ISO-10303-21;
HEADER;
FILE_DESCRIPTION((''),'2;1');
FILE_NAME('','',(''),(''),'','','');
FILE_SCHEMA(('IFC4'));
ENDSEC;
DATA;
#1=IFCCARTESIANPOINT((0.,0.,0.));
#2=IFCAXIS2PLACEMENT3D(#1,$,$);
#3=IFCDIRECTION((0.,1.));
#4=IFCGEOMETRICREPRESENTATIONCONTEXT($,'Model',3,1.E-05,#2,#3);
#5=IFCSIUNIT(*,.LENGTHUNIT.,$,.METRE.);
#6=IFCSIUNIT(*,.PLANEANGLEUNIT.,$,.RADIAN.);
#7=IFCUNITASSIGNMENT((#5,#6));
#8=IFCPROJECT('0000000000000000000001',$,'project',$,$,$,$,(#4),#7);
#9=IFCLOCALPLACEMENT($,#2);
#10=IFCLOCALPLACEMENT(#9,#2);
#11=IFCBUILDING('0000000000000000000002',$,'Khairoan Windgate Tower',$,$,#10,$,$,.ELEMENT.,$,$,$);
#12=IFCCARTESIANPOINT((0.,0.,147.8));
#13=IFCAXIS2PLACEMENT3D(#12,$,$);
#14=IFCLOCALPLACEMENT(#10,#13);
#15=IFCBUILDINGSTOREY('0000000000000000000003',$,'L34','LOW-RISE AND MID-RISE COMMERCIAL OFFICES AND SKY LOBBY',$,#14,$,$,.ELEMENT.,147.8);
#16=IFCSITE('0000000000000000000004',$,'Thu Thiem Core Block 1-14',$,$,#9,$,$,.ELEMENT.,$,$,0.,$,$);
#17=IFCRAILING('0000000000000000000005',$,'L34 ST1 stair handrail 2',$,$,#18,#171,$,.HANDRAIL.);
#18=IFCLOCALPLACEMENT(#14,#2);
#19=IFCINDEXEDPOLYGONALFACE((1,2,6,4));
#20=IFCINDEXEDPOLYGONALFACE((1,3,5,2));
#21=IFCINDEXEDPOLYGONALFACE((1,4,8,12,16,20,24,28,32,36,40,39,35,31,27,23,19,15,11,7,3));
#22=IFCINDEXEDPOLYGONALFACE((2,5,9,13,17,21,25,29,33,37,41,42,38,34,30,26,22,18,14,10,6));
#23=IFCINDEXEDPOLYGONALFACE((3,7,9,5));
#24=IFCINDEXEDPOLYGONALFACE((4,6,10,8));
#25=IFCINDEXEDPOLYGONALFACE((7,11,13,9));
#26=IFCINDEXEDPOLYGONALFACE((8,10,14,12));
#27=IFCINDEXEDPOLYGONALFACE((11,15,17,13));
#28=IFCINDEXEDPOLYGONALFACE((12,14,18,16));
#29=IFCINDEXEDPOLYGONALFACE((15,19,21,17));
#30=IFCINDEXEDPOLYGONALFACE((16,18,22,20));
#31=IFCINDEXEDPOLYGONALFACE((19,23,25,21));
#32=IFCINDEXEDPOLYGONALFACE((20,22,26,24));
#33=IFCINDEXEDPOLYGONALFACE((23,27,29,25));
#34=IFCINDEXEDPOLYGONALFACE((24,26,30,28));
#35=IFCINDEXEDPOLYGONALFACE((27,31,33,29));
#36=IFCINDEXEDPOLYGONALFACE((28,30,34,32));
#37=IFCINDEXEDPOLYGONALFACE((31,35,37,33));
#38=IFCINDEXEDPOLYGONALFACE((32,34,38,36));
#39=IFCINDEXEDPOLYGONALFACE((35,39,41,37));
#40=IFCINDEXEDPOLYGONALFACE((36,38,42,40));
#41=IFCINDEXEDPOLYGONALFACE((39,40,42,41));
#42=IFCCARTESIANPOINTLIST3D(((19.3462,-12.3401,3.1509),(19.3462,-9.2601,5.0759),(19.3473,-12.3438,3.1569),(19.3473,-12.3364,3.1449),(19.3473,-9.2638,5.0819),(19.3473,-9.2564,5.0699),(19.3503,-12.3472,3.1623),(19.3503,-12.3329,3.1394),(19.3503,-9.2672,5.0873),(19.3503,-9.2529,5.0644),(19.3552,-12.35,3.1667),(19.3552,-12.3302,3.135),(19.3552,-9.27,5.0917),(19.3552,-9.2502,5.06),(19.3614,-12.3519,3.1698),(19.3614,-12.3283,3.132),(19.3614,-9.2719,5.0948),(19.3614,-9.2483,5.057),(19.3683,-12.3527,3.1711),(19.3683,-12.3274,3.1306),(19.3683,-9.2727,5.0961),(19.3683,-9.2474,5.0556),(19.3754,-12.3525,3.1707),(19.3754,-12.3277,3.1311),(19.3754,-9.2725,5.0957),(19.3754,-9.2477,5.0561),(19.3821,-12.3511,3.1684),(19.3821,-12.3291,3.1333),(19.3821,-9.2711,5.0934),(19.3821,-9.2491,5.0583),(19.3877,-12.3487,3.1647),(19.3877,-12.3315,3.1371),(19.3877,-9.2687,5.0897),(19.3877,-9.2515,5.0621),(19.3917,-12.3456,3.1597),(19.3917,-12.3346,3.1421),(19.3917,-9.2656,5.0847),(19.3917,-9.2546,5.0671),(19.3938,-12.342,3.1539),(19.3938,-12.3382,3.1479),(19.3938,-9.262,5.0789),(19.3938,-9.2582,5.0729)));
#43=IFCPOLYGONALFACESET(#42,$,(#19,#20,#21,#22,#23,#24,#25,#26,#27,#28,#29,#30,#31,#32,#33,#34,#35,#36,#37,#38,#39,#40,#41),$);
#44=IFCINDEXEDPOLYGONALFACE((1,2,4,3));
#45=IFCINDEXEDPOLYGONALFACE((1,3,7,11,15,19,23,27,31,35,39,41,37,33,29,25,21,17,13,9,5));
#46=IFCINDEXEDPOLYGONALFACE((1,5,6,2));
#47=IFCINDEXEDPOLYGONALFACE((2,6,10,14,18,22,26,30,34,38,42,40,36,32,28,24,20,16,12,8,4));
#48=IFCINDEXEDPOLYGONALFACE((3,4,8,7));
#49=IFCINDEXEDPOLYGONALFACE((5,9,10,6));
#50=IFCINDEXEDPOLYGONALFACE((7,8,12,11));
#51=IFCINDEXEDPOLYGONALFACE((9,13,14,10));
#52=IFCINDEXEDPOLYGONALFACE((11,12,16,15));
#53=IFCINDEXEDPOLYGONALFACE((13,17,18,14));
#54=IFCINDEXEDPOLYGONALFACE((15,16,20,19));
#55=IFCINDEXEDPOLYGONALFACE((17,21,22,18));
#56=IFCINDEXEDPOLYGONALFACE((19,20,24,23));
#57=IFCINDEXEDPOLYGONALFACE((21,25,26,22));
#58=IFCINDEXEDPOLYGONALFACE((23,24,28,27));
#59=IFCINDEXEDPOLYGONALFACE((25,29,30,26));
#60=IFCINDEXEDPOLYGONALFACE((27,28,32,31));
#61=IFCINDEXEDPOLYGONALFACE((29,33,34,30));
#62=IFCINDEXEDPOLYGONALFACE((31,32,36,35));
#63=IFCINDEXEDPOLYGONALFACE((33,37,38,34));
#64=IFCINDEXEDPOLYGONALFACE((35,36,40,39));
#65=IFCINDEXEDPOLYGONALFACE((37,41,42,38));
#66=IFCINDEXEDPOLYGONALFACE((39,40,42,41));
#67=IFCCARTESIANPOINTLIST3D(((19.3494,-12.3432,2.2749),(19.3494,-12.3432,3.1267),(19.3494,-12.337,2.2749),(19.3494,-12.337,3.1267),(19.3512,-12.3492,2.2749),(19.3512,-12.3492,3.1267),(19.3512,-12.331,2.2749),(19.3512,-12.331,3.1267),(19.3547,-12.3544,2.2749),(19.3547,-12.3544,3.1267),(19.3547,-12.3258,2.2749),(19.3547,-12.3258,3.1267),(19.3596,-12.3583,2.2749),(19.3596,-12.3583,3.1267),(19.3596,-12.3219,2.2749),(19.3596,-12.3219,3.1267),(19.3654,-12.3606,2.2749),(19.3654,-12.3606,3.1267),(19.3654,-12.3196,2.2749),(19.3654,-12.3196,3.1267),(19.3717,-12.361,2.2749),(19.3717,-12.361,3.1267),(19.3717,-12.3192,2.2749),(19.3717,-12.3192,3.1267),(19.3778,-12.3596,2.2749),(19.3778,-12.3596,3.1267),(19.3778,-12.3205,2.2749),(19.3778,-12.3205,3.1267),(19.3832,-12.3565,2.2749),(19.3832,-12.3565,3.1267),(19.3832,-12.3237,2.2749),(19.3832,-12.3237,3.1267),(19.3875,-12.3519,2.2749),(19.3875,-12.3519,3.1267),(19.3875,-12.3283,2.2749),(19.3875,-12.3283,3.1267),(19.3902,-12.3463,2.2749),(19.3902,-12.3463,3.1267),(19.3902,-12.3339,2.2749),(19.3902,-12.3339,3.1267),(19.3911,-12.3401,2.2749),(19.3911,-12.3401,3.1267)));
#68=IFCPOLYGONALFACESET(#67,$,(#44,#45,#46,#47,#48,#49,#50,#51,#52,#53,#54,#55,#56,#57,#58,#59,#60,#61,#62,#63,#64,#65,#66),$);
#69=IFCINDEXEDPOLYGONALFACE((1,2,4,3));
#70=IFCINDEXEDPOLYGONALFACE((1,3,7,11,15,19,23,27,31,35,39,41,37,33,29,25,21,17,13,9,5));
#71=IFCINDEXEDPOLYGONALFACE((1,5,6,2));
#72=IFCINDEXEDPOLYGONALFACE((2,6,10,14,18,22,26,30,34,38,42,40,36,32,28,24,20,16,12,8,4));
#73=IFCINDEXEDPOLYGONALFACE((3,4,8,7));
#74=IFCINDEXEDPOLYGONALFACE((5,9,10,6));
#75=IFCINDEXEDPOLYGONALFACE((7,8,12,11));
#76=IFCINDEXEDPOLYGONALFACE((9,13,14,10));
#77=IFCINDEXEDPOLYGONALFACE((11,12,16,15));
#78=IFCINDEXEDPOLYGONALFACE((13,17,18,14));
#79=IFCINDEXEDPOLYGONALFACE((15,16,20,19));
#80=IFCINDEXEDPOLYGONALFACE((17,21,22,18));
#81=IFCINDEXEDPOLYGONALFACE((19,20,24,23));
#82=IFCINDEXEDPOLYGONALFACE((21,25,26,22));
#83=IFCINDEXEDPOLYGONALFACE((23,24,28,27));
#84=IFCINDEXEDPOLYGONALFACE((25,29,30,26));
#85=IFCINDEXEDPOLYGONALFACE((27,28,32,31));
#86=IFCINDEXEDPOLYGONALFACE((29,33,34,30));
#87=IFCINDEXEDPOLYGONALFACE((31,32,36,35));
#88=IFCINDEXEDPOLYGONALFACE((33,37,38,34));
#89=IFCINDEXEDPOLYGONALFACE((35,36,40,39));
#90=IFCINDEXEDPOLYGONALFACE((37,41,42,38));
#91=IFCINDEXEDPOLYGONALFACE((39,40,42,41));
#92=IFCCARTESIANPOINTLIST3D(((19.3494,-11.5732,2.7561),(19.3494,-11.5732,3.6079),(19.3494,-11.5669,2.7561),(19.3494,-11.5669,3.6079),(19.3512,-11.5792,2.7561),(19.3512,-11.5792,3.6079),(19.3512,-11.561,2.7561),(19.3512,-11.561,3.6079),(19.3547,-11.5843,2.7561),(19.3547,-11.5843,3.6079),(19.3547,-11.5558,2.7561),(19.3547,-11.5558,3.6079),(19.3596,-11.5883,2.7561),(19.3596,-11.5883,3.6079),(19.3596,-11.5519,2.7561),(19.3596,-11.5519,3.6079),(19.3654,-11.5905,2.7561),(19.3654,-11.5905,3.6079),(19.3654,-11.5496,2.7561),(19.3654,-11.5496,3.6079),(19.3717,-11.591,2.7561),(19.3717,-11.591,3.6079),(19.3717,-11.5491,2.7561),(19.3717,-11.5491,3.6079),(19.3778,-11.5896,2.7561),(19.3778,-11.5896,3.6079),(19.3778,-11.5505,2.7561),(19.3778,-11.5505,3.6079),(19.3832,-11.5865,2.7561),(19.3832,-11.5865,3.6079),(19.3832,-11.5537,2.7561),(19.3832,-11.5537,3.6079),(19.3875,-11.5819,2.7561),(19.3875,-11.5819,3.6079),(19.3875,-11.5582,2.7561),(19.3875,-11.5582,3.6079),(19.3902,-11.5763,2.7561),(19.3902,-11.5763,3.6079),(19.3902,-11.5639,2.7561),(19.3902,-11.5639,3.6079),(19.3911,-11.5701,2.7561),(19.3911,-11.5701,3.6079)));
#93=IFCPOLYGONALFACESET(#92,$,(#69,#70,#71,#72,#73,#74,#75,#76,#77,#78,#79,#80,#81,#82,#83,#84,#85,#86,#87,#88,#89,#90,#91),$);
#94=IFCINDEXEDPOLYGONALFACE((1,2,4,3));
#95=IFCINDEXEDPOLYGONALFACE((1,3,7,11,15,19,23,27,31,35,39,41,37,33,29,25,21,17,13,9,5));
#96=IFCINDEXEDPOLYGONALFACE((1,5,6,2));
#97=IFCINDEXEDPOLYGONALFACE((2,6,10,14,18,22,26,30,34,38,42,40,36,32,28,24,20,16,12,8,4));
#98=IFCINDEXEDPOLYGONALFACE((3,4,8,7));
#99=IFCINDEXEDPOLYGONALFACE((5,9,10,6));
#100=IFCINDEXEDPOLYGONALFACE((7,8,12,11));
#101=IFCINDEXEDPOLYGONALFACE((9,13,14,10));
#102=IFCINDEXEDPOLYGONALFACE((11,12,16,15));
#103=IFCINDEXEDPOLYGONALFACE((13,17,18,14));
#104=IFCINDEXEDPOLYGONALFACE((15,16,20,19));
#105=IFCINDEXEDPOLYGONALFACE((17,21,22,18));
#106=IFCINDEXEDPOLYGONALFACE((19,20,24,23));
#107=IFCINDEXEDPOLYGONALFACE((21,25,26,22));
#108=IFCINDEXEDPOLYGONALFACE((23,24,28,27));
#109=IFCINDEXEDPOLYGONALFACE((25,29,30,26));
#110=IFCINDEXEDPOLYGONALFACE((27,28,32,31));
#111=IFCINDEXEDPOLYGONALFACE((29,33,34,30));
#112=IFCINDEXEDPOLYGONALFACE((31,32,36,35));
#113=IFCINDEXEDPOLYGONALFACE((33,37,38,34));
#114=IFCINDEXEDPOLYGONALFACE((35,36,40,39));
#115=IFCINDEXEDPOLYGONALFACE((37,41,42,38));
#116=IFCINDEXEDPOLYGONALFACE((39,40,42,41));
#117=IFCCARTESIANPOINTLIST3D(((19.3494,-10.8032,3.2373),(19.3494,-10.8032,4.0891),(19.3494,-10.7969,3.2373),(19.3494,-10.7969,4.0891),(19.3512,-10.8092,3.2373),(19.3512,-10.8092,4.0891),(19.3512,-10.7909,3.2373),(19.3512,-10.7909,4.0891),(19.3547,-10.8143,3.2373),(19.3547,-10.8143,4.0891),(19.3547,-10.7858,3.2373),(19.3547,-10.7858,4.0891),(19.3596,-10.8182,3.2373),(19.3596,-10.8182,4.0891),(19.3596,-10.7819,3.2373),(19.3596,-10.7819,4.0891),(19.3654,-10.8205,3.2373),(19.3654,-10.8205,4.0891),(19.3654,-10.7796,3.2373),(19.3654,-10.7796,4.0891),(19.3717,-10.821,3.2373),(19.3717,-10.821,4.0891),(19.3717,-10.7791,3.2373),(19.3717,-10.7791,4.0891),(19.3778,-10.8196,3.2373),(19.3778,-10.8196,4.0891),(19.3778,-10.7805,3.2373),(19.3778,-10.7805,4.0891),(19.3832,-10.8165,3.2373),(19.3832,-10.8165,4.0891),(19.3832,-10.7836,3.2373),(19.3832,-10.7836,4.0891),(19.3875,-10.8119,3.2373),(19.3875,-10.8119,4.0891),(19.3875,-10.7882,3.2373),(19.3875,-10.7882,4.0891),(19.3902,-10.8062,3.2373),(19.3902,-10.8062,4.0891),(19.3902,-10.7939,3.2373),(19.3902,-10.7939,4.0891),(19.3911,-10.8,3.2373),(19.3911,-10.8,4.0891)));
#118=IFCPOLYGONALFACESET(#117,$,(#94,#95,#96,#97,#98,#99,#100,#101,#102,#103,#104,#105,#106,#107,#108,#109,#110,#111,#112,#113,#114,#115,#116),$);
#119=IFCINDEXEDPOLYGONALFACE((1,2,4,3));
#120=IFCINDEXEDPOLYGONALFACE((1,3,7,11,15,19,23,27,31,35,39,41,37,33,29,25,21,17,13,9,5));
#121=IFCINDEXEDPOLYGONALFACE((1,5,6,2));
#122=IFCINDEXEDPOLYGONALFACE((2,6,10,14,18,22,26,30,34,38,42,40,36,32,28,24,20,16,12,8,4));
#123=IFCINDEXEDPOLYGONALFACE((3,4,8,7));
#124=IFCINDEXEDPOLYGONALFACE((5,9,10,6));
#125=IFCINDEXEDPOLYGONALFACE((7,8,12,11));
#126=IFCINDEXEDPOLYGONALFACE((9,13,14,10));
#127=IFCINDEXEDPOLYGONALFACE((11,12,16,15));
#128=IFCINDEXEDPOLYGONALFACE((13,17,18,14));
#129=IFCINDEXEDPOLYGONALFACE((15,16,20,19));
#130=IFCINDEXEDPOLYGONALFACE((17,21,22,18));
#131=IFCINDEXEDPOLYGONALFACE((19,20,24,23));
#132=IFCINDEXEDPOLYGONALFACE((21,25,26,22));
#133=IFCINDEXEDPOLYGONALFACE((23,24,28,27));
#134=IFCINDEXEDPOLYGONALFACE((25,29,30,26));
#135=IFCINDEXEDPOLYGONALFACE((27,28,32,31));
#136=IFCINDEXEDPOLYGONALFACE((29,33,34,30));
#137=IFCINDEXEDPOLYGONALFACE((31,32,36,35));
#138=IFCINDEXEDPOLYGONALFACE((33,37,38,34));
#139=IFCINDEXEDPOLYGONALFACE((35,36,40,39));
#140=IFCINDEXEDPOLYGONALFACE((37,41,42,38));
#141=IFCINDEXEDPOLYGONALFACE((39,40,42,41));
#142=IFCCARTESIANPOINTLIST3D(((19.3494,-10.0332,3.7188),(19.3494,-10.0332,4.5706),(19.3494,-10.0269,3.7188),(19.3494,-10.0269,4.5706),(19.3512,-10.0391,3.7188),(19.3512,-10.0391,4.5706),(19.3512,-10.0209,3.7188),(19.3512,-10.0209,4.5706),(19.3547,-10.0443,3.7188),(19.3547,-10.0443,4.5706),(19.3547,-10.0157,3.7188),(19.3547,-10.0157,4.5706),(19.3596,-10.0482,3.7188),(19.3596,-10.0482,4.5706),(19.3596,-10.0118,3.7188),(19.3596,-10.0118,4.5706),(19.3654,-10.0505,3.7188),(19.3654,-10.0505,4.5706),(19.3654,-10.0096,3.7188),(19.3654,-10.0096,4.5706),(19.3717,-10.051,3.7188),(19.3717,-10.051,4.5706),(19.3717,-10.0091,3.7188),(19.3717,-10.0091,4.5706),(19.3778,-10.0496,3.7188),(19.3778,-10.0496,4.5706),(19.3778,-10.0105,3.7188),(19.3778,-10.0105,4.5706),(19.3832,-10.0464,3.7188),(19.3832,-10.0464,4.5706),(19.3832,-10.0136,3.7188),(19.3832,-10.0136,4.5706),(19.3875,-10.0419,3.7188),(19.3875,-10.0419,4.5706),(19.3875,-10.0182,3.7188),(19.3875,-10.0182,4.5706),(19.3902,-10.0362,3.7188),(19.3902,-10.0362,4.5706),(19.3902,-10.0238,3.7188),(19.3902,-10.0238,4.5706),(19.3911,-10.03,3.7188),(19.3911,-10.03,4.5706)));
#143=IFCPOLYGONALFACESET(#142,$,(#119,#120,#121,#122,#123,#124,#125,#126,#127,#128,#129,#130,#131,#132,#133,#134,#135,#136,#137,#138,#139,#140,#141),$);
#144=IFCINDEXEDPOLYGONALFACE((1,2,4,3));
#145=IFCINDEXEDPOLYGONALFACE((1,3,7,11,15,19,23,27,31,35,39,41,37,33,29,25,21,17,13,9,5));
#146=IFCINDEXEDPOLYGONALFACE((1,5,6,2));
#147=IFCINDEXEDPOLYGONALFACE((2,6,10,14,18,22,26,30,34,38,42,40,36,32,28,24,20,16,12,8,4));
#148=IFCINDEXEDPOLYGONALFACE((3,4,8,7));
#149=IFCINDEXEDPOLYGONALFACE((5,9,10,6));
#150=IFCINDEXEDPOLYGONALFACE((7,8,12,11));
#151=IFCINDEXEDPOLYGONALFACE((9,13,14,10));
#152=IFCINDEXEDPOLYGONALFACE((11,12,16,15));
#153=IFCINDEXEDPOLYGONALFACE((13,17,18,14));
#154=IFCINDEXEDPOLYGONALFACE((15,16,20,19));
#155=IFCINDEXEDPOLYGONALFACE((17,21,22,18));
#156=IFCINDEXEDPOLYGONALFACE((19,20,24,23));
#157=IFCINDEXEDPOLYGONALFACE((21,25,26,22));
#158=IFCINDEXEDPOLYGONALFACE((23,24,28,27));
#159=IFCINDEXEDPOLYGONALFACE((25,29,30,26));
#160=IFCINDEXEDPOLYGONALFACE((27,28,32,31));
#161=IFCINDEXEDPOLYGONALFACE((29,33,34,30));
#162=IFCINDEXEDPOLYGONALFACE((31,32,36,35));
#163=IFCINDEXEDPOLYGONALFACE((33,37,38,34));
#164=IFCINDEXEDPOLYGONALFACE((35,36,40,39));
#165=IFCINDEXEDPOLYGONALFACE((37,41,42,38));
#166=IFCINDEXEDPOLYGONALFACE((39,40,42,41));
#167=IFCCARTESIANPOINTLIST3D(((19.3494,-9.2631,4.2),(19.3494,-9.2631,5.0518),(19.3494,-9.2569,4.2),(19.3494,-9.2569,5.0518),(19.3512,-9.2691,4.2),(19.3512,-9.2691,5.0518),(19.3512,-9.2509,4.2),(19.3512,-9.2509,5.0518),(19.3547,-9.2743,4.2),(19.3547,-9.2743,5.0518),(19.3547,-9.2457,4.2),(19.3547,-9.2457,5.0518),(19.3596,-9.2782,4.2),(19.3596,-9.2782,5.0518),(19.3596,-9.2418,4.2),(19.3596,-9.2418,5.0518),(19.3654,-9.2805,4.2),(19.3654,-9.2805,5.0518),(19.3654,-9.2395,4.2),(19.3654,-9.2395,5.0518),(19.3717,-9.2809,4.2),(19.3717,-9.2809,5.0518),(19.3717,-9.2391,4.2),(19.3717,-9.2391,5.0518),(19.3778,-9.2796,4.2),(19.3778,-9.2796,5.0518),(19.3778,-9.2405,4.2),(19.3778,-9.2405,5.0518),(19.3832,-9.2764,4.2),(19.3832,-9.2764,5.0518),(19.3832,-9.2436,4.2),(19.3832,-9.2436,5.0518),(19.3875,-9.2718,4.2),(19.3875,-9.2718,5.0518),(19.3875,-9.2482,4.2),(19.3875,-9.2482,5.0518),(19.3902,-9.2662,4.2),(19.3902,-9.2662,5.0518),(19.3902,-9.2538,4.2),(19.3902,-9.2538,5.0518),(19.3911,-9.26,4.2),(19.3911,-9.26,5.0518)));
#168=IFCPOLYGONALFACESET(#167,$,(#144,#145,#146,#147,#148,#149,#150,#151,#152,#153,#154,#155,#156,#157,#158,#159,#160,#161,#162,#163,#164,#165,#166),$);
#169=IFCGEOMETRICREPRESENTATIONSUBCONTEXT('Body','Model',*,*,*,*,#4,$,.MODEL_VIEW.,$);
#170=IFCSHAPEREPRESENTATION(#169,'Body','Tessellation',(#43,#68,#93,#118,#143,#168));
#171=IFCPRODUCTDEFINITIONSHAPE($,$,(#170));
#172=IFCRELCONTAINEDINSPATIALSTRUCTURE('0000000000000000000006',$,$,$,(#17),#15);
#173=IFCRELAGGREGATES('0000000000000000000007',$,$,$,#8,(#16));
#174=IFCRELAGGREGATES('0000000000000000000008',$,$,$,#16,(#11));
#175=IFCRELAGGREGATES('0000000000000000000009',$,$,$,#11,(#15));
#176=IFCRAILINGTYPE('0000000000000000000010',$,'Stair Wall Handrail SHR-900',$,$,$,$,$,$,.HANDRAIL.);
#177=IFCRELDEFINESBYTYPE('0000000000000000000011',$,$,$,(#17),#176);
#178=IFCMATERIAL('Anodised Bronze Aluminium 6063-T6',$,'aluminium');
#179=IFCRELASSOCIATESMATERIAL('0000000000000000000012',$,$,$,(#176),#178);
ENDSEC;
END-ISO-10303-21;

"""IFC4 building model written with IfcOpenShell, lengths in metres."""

from ifc_helpers import new_model, si_unit, direction, frame, origin, origin_2d, place, context, subcontext, project, spatial, circle, extrude, material, type_object, element, save


model = new_model("IFC4")

# Units and contexts
model_context = context("Model", 3, precision=1e-05, world=origin(), true_north=direction((0.0, 1.0)))
body_context = subcontext(model_context, "Body", "Model", "MODEL_VIEW")
ifc_project = project(units=[si_unit("LENGTHUNIT", "METRE"), si_unit("PLANEANGLEUNIT", "RADIAN")], contexts=[model_context])

# Site, building, storey
site_placement = place(None, origin())
site = spatial("IfcSite", under=ifc_project, at=site_placement, Name="Thu Thiem Core Block 1-14", CompositionType="ELEMENT", RefElevation=0.0)
building_placement = place(site_placement, origin())
building = spatial("IfcBuilding", under=site, at=building_placement, Name="Khairoan Windgate Tower", CompositionType="ELEMENT")
storey_placement = place(building_placement, frame((0.0, 0.0, 147.8)))
storey = spatial("IfcBuildingStorey", under=building, at=storey_placement, Name="L34", Description="LOW-RISE AND MID-RISE COMMERCIAL OFFICES AND SKY LOBBY", CompositionType="ELEMENT", Elevation=147.8)

# Railing
ifc_material_1 = material(Name="Anodised Bronze Aluminium 6063-T6", Category="aluminium")
railing_type_1 = type_object("IfcRailingType", Name="Stair Wall Handrail SHR-900", PredefinedType="HANDRAIL", material=ifc_material_1)
railing_1_placement = place(storey_placement, frame((19.3701, -12.3401, 2.2749)))
element("IfcRailing", 1, at=railing_1_placement, inside=storey, type_object=railing_type_1, Name="L34 ST1 stair handrail 2", PredefinedType="HANDRAIL", context=body_context, shape_type="SweptSolid", body=[
    extrude(circle(Radius=0.0239, at=origin_2d()), frame((0.0, 0.0, 0.876), z_axis=(0.0, 0.847998, 0.529999), x_axis=(-1.0, 0.0, 0.0)), (0.0, 0.0, 1.0), 3.6321),
    extrude(circle(Radius=0.021, at=origin_2d()), origin(), (0.0, 0.0, 1.0), 0.8518),
    extrude(circle(Radius=0.021, at=origin_2d()), frame((0.0, 0.77, 0.4812)), (0.0, 0.0, 1.0), 0.8518),
    extrude(circle(Radius=0.021, at=origin_2d()), frame((0.0, 1.54, 0.9624)), (0.0, 0.0, 1.0), 0.8518),
    extrude(circle(Radius=0.021, at=origin_2d()), frame((0.0, 2.3101, 1.4438)), (0.0, 0.0, 1.0), 0.8518),
    extrude(circle(Radius=0.021, at=origin_2d()), frame((0.0, 3.0801, 1.925)), (0.0, 0.0, 1.0), 0.8518),
])

save(model, "model.ifc")
